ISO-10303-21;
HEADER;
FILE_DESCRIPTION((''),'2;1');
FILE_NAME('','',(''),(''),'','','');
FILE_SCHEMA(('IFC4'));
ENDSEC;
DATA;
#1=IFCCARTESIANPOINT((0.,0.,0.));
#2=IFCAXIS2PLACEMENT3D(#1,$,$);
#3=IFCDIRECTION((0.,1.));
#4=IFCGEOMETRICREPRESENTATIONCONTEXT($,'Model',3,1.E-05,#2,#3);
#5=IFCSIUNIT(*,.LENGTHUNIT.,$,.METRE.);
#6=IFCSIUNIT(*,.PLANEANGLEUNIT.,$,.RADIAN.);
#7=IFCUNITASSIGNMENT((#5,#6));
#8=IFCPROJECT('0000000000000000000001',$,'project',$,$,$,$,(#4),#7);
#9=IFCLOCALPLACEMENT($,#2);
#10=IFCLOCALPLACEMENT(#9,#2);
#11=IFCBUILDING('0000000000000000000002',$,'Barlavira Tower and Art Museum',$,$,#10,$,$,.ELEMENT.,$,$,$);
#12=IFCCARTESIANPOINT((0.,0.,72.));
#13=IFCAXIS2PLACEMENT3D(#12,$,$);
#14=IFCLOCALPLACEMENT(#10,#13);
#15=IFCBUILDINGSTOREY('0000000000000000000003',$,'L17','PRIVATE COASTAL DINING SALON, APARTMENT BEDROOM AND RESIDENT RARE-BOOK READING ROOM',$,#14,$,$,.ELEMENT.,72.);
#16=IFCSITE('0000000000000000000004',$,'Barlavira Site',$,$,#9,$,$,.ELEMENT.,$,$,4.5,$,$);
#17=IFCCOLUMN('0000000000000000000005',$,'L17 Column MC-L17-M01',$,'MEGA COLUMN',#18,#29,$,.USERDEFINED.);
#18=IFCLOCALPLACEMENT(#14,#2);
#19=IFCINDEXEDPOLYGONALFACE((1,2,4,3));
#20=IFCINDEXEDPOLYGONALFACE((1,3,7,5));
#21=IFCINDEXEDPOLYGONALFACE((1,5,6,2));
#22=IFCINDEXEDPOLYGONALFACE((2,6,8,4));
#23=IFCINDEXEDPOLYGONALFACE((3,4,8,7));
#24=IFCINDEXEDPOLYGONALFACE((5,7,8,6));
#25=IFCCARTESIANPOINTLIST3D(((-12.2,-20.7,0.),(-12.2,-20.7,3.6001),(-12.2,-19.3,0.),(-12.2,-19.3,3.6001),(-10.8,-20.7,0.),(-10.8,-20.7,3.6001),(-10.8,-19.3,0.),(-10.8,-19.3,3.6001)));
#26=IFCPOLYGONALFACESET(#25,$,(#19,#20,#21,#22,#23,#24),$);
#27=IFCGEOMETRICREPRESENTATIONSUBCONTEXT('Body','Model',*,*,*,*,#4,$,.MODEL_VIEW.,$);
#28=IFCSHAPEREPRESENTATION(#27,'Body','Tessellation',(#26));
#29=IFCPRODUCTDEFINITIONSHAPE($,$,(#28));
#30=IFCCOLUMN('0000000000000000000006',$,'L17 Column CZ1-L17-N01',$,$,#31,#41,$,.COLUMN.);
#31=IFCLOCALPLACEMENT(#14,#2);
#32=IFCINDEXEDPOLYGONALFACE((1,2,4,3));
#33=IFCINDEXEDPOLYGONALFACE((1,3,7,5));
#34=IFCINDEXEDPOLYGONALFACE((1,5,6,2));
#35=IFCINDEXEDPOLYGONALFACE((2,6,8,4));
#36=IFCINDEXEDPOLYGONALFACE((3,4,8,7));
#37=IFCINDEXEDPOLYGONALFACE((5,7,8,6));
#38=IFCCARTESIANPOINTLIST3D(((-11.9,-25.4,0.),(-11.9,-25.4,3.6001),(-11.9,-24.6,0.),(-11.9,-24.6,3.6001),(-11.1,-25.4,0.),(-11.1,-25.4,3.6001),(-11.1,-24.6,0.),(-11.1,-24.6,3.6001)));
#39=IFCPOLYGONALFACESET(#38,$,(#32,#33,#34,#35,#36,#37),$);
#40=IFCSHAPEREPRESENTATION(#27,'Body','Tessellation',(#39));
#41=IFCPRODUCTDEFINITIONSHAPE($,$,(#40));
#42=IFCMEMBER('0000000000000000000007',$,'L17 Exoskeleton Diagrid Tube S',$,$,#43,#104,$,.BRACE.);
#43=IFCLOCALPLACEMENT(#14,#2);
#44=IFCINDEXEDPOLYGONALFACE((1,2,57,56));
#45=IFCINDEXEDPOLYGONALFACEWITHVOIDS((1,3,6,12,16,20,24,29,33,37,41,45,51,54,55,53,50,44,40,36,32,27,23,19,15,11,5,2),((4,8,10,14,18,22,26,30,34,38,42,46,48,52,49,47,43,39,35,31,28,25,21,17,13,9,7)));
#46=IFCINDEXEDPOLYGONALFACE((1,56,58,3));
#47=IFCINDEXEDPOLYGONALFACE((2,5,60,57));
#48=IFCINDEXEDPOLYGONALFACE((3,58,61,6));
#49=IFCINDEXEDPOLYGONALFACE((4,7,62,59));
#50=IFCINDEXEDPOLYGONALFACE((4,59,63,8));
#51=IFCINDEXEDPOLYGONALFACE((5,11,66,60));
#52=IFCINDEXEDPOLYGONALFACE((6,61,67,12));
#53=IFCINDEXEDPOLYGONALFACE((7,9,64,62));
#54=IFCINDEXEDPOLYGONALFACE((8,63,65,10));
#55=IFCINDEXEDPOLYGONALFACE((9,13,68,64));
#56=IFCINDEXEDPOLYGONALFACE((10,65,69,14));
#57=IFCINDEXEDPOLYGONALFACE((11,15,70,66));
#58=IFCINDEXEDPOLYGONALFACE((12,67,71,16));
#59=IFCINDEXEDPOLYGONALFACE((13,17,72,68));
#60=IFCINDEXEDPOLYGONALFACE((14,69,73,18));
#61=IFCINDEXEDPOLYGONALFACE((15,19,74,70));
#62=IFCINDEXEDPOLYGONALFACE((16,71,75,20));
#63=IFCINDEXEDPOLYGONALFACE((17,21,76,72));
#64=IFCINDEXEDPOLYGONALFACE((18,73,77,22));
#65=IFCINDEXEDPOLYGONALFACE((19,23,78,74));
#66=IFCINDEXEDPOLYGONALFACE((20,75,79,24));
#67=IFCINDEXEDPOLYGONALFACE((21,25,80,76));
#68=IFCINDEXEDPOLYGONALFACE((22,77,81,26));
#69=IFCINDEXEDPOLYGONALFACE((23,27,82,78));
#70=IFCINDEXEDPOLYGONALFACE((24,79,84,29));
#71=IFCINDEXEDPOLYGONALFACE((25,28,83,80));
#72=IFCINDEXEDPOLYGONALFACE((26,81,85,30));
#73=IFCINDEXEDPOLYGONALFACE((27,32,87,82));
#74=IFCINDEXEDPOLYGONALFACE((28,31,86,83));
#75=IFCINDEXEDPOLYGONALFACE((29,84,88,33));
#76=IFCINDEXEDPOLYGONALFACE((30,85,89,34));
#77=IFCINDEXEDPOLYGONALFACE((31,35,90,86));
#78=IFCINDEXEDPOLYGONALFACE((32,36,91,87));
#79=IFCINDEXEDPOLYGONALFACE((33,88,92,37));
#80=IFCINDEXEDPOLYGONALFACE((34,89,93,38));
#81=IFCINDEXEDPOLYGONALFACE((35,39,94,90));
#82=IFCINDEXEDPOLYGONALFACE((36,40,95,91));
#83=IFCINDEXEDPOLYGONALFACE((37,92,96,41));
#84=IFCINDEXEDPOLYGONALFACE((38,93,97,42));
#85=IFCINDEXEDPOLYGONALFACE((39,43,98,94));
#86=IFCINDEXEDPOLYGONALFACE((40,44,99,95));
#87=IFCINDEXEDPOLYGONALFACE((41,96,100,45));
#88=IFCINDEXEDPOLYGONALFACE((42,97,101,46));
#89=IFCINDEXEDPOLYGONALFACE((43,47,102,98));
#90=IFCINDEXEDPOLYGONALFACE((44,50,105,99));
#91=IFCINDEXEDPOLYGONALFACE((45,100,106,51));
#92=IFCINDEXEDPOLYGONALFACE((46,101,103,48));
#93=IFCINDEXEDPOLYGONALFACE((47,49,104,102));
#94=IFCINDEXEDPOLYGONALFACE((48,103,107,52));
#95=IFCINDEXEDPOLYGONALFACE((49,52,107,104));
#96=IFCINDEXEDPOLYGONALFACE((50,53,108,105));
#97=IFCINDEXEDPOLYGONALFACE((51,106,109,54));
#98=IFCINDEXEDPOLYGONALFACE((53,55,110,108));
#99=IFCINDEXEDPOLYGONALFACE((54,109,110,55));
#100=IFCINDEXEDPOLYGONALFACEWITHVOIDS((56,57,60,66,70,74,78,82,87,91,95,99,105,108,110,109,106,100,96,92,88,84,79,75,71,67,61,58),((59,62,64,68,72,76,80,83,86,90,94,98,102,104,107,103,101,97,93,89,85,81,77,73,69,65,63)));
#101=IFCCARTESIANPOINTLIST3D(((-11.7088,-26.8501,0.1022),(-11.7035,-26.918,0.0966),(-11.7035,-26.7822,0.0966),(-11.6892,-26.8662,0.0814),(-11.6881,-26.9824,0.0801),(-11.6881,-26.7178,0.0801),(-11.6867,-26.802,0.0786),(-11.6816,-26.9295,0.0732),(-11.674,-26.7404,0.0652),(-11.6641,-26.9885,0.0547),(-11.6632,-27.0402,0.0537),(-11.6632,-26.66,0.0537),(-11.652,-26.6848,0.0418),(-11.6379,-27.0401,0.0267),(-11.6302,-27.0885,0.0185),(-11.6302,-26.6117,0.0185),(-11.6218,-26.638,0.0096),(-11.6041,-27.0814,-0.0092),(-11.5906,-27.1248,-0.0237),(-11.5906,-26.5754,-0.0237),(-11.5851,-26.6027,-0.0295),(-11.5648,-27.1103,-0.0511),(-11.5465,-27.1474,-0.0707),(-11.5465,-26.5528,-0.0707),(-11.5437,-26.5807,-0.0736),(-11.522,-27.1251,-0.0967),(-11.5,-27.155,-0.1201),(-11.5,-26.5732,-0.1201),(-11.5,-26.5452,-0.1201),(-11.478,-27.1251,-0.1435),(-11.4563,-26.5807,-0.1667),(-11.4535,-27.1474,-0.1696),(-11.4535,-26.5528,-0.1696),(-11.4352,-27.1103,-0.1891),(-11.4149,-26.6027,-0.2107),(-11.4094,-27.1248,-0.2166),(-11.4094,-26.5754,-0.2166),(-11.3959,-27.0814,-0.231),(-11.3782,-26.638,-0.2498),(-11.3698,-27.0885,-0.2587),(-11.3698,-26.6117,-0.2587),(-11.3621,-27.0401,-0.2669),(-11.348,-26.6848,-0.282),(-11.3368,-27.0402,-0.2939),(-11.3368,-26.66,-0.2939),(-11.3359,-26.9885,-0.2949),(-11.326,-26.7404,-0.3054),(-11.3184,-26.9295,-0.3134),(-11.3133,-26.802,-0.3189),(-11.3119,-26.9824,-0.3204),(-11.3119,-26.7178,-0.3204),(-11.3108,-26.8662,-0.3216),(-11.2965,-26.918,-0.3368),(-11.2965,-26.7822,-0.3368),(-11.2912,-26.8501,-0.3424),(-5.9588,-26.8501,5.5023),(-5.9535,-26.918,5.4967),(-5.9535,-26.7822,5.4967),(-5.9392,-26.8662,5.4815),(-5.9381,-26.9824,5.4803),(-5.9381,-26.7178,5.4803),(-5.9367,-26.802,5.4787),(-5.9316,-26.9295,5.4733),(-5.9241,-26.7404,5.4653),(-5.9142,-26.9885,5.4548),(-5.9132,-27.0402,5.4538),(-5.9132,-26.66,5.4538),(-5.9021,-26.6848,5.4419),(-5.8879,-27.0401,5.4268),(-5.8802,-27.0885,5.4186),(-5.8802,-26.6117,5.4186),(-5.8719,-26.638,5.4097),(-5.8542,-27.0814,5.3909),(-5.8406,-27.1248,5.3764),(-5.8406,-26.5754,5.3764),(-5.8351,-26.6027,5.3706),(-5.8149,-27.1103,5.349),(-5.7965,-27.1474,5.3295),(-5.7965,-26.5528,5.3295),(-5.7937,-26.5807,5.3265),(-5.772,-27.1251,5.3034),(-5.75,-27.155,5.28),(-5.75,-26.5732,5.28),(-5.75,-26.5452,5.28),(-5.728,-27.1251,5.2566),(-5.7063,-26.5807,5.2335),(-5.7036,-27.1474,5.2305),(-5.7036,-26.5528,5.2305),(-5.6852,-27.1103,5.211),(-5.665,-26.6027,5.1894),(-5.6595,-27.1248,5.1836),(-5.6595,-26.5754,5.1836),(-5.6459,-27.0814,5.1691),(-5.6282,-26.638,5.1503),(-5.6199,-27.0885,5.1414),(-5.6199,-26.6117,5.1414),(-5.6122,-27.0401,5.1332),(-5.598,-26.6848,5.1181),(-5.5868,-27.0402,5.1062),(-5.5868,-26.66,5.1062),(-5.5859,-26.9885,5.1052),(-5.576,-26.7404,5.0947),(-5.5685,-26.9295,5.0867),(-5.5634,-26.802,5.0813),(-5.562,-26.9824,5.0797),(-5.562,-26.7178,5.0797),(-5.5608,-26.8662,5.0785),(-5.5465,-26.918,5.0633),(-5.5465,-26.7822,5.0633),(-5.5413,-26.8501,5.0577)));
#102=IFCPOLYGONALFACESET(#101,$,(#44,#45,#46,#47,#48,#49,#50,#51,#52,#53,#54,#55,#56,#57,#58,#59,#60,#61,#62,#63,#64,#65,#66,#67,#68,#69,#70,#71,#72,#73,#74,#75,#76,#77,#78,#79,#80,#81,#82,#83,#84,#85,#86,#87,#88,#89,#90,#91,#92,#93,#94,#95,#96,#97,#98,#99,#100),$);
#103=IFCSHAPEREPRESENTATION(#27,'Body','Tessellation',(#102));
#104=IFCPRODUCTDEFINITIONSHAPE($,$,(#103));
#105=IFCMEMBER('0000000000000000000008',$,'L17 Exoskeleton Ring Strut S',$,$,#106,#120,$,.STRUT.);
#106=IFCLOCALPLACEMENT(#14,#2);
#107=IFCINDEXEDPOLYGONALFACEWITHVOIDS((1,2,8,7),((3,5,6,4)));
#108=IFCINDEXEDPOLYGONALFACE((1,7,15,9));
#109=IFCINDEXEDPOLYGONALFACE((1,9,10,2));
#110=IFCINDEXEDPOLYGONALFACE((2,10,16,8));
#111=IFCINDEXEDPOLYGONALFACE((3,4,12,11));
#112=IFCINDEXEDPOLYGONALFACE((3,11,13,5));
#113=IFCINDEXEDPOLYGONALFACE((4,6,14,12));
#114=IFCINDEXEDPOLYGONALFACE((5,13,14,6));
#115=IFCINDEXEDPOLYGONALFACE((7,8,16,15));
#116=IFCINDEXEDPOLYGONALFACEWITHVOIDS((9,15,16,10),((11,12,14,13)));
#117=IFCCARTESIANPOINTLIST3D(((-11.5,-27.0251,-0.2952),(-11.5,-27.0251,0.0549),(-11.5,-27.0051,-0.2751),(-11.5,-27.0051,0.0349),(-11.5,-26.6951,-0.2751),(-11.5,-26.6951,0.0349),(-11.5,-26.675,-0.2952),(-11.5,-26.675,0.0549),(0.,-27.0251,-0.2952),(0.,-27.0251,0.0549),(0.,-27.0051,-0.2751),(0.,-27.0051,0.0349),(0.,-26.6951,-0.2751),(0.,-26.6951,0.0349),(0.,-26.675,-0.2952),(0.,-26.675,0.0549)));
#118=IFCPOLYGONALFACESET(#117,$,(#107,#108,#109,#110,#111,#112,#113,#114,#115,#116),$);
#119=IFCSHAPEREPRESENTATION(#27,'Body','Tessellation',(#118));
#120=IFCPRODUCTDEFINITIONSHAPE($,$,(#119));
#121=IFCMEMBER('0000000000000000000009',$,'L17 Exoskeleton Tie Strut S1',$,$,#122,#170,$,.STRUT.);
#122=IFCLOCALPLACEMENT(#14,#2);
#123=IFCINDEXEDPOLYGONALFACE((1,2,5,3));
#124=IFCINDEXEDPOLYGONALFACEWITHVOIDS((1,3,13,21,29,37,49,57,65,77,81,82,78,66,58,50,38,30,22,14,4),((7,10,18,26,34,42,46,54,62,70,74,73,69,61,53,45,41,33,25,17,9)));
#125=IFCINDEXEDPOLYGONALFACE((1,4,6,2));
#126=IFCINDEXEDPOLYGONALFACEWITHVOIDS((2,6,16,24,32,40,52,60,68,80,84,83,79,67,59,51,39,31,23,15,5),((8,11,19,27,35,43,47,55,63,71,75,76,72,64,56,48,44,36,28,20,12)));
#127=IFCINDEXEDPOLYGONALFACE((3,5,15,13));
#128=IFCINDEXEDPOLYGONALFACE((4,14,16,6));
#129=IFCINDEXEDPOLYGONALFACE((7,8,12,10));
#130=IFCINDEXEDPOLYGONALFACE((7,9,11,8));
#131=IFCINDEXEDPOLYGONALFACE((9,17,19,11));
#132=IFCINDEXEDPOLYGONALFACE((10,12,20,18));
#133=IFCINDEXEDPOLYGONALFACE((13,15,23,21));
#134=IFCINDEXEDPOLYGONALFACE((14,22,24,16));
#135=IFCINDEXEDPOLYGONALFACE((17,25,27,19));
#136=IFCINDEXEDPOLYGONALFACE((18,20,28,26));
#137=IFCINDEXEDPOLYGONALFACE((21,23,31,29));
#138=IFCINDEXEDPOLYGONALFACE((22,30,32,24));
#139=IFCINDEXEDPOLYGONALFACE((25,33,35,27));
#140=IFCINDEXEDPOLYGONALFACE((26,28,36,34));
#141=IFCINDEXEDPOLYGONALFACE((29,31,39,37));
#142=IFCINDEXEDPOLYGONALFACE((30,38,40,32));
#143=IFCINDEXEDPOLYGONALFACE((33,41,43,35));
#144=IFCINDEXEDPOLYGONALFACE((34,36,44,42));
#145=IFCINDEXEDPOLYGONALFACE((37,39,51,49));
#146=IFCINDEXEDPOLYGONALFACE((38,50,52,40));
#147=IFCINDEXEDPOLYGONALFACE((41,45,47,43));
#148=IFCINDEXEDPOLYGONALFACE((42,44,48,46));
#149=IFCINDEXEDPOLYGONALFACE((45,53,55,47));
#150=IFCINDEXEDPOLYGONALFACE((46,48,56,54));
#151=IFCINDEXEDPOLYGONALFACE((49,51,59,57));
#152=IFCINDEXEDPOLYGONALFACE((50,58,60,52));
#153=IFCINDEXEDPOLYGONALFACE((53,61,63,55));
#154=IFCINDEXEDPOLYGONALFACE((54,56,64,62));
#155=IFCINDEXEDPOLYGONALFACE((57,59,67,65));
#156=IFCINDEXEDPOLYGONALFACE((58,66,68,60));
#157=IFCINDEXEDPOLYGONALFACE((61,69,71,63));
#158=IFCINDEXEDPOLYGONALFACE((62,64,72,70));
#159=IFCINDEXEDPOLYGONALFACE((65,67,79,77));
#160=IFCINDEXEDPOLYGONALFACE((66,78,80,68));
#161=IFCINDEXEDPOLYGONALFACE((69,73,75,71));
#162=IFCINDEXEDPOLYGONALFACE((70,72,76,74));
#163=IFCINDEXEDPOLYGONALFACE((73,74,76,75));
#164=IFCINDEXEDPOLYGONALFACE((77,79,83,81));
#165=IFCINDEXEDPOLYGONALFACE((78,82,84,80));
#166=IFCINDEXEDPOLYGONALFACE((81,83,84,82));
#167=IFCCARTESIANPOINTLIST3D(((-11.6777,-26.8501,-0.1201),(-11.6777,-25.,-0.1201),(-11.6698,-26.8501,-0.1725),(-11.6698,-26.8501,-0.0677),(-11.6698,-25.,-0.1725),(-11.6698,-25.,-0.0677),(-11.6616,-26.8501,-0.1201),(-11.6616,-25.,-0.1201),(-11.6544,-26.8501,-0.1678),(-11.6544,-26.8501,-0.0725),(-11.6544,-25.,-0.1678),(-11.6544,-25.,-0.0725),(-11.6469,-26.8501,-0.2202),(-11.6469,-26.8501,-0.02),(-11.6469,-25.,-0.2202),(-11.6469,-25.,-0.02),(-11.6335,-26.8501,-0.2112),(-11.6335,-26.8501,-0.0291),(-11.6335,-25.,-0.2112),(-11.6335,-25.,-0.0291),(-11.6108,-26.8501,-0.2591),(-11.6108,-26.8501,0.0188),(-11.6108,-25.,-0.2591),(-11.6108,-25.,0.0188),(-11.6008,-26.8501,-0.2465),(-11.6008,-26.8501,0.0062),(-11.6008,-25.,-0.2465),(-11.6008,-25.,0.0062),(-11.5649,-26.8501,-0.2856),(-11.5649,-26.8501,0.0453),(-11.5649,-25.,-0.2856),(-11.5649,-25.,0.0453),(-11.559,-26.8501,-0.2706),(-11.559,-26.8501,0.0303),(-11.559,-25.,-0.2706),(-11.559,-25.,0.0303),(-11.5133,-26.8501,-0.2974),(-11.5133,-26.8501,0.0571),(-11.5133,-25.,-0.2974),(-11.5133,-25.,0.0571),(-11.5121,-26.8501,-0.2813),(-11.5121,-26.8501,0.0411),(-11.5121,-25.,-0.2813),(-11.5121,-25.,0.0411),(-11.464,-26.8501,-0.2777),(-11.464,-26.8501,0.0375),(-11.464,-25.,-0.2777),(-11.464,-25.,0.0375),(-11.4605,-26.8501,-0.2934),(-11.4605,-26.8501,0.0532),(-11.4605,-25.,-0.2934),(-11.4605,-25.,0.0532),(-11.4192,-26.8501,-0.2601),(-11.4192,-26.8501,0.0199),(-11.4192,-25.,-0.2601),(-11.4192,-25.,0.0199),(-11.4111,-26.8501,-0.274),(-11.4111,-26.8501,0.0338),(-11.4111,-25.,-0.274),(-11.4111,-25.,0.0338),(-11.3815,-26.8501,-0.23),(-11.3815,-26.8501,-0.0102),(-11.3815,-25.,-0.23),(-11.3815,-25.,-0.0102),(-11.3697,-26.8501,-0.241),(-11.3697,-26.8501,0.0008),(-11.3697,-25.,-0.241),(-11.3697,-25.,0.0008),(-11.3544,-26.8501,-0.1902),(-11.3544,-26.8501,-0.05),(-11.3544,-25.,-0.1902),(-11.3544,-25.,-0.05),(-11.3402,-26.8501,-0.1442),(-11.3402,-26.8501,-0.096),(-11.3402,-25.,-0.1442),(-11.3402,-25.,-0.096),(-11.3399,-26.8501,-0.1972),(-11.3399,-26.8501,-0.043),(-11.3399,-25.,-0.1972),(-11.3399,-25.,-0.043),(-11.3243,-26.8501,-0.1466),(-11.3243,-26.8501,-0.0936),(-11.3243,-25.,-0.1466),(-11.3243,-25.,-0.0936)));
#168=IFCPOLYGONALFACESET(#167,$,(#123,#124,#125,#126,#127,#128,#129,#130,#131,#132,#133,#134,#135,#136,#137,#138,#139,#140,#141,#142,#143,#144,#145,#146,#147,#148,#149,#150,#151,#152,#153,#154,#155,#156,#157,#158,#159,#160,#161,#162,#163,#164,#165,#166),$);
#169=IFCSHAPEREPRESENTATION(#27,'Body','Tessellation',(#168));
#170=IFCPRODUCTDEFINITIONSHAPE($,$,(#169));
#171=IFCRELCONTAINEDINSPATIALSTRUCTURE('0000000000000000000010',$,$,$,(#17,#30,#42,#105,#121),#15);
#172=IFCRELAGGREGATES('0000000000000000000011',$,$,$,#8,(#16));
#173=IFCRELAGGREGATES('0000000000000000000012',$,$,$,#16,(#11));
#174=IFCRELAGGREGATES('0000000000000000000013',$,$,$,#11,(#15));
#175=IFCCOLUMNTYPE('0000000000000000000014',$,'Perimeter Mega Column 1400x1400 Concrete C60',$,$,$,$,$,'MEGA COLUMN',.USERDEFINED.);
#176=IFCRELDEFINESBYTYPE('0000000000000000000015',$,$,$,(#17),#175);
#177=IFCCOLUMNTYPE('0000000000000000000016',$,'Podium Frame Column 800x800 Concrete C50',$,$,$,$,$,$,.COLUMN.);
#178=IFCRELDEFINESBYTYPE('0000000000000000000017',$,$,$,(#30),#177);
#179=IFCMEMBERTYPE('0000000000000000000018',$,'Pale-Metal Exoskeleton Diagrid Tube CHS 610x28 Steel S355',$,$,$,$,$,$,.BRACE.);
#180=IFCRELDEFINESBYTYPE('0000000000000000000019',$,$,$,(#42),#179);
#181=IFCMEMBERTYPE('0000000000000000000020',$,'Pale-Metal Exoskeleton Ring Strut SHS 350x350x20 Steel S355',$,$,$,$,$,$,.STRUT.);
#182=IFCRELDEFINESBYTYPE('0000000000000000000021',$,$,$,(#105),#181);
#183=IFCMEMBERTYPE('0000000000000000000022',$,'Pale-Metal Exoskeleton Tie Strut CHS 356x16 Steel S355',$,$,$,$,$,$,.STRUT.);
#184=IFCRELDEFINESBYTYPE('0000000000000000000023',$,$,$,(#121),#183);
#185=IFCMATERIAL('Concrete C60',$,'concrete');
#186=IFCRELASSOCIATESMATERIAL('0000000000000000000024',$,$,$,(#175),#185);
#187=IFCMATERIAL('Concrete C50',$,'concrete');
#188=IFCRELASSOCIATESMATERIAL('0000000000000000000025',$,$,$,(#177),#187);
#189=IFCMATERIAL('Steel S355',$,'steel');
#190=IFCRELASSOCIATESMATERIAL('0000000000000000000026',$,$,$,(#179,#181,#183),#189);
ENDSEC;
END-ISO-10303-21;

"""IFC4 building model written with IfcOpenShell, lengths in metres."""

from ifc_helpers import new_model, si_unit, direction, frame, origin, origin_2d, place, context, subcontext, project, spatial, rectangle, hollow_rectangle, hollow_circle, extrude, material, material_profile, profile_set, type_object, element, save


model = new_model("IFC4")

# Units and contexts
model_context = context("Model", 3, precision=1e-05, world=origin(), true_north=direction((0.0, 1.0)))
body_context = subcontext(model_context, "Body", "Model", "MODEL_VIEW")
ifc_project = project(units=[si_unit("LENGTHUNIT", "METRE"), si_unit("PLANEANGLEUNIT", "RADIAN")], contexts=[model_context])

# Site, building, storey
site_placement = place(None, origin())
site = spatial("IfcSite", under=ifc_project, at=site_placement, Name="Barlavira Site", CompositionType="ELEMENT", RefElevation=4.5)
building_placement = place(site_placement, origin())
building = spatial("IfcBuilding", under=site, at=building_placement, Name="Barlavira Tower and Art Museum", CompositionType="ELEMENT")
storey_placement = place(building_placement, frame((0.0, 0.0, 72.0)))
storey = spatial("IfcBuildingStorey", under=building, at=storey_placement, Name="L17", Description="PRIVATE COASTAL DINING SALON, APARTMENT BEDROOM AND RESIDENT RARE-BOOK READING ROOM", CompositionType="ELEMENT", Elevation=72.0)

# Columns
ifc_material_1 = material(Name="Concrete C60", Category="concrete")
ifc_material_profile_1 = material_profile(ifc_material_1, rectangle(XDim=1.3999, YDim=1.3999, at=origin_2d()), Name="RC-MCOL 1400x1400")
ifc_profile_set_1 = profile_set([ifc_material_profile_1], Name="Concrete C60")
column_type_1 = type_object("IfcColumnType", Name="Perimeter Mega Column 1400x1400 Concrete C60", ElementType="MEGA COLUMN", PredefinedType="USERDEFINED", material=ifc_profile_set_1)
column_1_placement = place(storey_placement, frame((-11.5, -20.0, 0.0), z_axis=(0.0, 0.0, 1.0), x_axis=(1.0, 0.0, 0.0)))
element("IfcColumn", 1, at=column_1_placement, inside=storey, type_object=column_type_1, Name="L17 Column MC-L17-M01", ObjectType="MEGA COLUMN", PredefinedType="USERDEFINED", context=body_context, shape_type="SweptSolid", body=[
    extrude(rectangle(XDim=1.3999, YDim=1.3999, at=origin_2d()), origin(), (0.0, 0.0, 1.0), 3.6001),
])
ifc_material_2 = material(Name="Concrete C50", Category="concrete")
ifc_material_profile_2 = material_profile(ifc_material_2, rectangle(XDim=0.8, YDim=0.8, at=origin_2d()), Name="RC-COL 800x800")
ifc_profile_set_2 = profile_set([ifc_material_profile_2], Name="Concrete C50")
column_type_2 = type_object("IfcColumnType", Name="Podium Frame Column 800x800 Concrete C50", PredefinedType="COLUMN", material=ifc_profile_set_2)
column_2_placement = place(storey_placement, frame((-11.5, -25.0, 0.0), z_axis=(0.0, 0.0, 1.0), x_axis=(1.0, 0.0, 0.0)))
element("IfcColumn", 2, at=column_2_placement, inside=storey, type_object=column_type_2, Name="L17 Column CZ1-L17-N01", PredefinedType="COLUMN", context=body_context, shape_type="SweptSolid", body=[
    extrude(rectangle(XDim=0.8, YDim=0.8, at=origin_2d()), origin(), (0.0, 0.0, 1.0), 3.6001),
])

# Members
ifc_material_3 = material(Name="Steel S355", Category="steel")
ifc_material_profile_3 = material_profile(ifc_material_3, hollow_circle(Radius=0.3049, WallThickness=0.0281, at=origin_2d()), Name="CHS 610.0x28.0")
ifc_profile_set_3 = profile_set([ifc_material_profile_3], Name="Steel S355")
member_type_1 = type_object("IfcMemberType", Name="Pale-Metal Exoskeleton Diagrid Tube CHS 610x28 Steel S355", PredefinedType="BRACE", material=ifc_profile_set_3)
member_1_placement = place(storey_placement, frame((-11.5, -26.8501, -0.1201), z_axis=(0.728935, 0.0, 0.684583), x_axis=(0.0, 1.0, 0.0)))
element("IfcMember", 3, at=member_1_placement, inside=storey, type_object=member_type_1, Name="L17 Exoskeleton Diagrid Tube S", PredefinedType="BRACE", context=body_context, shape_type="SweptSolid", body=[
    extrude(hollow_circle(Radius=0.3049, WallThickness=0.0281, at=origin_2d()), origin(), (0.0, 0.0, 1.0), 7.8882),
])
ifc_material_profile_4 = material_profile(ifc_material_3, hollow_rectangle(XDim=0.3501, YDim=0.3501, WallThickness=0.02, at=origin_2d()), Name="SHS 350x350x20.0")
ifc_profile_set_4 = profile_set([ifc_material_profile_4], Name="Steel S355")
member_type_2 = type_object("IfcMemberType", Name="Pale-Metal Exoskeleton Ring Strut SHS 350x350x20 Steel S355", PredefinedType="STRUT", material=ifc_profile_set_4)
member_2_placement = place(storey_placement, frame((-11.5, -26.8501, -0.1201), z_axis=(1.0, 0.0, 0.0), x_axis=(0.0, 1.0, 0.0)))
element("IfcMember", 4, at=member_2_placement, inside=storey, type_object=member_type_2, Name="L17 Exoskeleton Ring Strut S", PredefinedType="STRUT", context=body_context, shape_type="SweptSolid", body=[
    extrude(hollow_rectangle(XDim=0.3501, YDim=0.3501, WallThickness=0.02, at=origin_2d()), origin(), (0.0, 0.0, 1.0), 11.5),
])
ifc_material_profile_5 = material_profile(ifc_material_3, hollow_circle(Radius=0.1777, WallThickness=0.0161, at=origin_2d()), Name="CHS 355.6x16.0")
ifc_profile_set_5 = profile_set([ifc_material_profile_5], Name="Steel S355")
member_type_3 = type_object("IfcMemberType", Name="Pale-Metal Exoskeleton Tie Strut CHS 356x16 Steel S355", PredefinedType="STRUT", material=ifc_profile_set_5)
member_3_placement = place(storey_placement, frame((-11.5, -26.8501, -0.1201), z_axis=(0.0, 1.0, 0.0), x_axis=(-1.0, 0.0, 0.0)))
element("IfcMember", 5, at=member_3_placement, inside=storey, type_object=member_type_3, Name="L17 Exoskeleton Tie Strut S1", PredefinedType="STRUT", context=body_context, shape_type="SweptSolid", body=[
    extrude(hollow_circle(Radius=0.1777, WallThickness=0.0161, at=origin_2d()), origin(), (0.0, 0.0, 1.0), 1.8501),
])

save(model, "model.ifc")
